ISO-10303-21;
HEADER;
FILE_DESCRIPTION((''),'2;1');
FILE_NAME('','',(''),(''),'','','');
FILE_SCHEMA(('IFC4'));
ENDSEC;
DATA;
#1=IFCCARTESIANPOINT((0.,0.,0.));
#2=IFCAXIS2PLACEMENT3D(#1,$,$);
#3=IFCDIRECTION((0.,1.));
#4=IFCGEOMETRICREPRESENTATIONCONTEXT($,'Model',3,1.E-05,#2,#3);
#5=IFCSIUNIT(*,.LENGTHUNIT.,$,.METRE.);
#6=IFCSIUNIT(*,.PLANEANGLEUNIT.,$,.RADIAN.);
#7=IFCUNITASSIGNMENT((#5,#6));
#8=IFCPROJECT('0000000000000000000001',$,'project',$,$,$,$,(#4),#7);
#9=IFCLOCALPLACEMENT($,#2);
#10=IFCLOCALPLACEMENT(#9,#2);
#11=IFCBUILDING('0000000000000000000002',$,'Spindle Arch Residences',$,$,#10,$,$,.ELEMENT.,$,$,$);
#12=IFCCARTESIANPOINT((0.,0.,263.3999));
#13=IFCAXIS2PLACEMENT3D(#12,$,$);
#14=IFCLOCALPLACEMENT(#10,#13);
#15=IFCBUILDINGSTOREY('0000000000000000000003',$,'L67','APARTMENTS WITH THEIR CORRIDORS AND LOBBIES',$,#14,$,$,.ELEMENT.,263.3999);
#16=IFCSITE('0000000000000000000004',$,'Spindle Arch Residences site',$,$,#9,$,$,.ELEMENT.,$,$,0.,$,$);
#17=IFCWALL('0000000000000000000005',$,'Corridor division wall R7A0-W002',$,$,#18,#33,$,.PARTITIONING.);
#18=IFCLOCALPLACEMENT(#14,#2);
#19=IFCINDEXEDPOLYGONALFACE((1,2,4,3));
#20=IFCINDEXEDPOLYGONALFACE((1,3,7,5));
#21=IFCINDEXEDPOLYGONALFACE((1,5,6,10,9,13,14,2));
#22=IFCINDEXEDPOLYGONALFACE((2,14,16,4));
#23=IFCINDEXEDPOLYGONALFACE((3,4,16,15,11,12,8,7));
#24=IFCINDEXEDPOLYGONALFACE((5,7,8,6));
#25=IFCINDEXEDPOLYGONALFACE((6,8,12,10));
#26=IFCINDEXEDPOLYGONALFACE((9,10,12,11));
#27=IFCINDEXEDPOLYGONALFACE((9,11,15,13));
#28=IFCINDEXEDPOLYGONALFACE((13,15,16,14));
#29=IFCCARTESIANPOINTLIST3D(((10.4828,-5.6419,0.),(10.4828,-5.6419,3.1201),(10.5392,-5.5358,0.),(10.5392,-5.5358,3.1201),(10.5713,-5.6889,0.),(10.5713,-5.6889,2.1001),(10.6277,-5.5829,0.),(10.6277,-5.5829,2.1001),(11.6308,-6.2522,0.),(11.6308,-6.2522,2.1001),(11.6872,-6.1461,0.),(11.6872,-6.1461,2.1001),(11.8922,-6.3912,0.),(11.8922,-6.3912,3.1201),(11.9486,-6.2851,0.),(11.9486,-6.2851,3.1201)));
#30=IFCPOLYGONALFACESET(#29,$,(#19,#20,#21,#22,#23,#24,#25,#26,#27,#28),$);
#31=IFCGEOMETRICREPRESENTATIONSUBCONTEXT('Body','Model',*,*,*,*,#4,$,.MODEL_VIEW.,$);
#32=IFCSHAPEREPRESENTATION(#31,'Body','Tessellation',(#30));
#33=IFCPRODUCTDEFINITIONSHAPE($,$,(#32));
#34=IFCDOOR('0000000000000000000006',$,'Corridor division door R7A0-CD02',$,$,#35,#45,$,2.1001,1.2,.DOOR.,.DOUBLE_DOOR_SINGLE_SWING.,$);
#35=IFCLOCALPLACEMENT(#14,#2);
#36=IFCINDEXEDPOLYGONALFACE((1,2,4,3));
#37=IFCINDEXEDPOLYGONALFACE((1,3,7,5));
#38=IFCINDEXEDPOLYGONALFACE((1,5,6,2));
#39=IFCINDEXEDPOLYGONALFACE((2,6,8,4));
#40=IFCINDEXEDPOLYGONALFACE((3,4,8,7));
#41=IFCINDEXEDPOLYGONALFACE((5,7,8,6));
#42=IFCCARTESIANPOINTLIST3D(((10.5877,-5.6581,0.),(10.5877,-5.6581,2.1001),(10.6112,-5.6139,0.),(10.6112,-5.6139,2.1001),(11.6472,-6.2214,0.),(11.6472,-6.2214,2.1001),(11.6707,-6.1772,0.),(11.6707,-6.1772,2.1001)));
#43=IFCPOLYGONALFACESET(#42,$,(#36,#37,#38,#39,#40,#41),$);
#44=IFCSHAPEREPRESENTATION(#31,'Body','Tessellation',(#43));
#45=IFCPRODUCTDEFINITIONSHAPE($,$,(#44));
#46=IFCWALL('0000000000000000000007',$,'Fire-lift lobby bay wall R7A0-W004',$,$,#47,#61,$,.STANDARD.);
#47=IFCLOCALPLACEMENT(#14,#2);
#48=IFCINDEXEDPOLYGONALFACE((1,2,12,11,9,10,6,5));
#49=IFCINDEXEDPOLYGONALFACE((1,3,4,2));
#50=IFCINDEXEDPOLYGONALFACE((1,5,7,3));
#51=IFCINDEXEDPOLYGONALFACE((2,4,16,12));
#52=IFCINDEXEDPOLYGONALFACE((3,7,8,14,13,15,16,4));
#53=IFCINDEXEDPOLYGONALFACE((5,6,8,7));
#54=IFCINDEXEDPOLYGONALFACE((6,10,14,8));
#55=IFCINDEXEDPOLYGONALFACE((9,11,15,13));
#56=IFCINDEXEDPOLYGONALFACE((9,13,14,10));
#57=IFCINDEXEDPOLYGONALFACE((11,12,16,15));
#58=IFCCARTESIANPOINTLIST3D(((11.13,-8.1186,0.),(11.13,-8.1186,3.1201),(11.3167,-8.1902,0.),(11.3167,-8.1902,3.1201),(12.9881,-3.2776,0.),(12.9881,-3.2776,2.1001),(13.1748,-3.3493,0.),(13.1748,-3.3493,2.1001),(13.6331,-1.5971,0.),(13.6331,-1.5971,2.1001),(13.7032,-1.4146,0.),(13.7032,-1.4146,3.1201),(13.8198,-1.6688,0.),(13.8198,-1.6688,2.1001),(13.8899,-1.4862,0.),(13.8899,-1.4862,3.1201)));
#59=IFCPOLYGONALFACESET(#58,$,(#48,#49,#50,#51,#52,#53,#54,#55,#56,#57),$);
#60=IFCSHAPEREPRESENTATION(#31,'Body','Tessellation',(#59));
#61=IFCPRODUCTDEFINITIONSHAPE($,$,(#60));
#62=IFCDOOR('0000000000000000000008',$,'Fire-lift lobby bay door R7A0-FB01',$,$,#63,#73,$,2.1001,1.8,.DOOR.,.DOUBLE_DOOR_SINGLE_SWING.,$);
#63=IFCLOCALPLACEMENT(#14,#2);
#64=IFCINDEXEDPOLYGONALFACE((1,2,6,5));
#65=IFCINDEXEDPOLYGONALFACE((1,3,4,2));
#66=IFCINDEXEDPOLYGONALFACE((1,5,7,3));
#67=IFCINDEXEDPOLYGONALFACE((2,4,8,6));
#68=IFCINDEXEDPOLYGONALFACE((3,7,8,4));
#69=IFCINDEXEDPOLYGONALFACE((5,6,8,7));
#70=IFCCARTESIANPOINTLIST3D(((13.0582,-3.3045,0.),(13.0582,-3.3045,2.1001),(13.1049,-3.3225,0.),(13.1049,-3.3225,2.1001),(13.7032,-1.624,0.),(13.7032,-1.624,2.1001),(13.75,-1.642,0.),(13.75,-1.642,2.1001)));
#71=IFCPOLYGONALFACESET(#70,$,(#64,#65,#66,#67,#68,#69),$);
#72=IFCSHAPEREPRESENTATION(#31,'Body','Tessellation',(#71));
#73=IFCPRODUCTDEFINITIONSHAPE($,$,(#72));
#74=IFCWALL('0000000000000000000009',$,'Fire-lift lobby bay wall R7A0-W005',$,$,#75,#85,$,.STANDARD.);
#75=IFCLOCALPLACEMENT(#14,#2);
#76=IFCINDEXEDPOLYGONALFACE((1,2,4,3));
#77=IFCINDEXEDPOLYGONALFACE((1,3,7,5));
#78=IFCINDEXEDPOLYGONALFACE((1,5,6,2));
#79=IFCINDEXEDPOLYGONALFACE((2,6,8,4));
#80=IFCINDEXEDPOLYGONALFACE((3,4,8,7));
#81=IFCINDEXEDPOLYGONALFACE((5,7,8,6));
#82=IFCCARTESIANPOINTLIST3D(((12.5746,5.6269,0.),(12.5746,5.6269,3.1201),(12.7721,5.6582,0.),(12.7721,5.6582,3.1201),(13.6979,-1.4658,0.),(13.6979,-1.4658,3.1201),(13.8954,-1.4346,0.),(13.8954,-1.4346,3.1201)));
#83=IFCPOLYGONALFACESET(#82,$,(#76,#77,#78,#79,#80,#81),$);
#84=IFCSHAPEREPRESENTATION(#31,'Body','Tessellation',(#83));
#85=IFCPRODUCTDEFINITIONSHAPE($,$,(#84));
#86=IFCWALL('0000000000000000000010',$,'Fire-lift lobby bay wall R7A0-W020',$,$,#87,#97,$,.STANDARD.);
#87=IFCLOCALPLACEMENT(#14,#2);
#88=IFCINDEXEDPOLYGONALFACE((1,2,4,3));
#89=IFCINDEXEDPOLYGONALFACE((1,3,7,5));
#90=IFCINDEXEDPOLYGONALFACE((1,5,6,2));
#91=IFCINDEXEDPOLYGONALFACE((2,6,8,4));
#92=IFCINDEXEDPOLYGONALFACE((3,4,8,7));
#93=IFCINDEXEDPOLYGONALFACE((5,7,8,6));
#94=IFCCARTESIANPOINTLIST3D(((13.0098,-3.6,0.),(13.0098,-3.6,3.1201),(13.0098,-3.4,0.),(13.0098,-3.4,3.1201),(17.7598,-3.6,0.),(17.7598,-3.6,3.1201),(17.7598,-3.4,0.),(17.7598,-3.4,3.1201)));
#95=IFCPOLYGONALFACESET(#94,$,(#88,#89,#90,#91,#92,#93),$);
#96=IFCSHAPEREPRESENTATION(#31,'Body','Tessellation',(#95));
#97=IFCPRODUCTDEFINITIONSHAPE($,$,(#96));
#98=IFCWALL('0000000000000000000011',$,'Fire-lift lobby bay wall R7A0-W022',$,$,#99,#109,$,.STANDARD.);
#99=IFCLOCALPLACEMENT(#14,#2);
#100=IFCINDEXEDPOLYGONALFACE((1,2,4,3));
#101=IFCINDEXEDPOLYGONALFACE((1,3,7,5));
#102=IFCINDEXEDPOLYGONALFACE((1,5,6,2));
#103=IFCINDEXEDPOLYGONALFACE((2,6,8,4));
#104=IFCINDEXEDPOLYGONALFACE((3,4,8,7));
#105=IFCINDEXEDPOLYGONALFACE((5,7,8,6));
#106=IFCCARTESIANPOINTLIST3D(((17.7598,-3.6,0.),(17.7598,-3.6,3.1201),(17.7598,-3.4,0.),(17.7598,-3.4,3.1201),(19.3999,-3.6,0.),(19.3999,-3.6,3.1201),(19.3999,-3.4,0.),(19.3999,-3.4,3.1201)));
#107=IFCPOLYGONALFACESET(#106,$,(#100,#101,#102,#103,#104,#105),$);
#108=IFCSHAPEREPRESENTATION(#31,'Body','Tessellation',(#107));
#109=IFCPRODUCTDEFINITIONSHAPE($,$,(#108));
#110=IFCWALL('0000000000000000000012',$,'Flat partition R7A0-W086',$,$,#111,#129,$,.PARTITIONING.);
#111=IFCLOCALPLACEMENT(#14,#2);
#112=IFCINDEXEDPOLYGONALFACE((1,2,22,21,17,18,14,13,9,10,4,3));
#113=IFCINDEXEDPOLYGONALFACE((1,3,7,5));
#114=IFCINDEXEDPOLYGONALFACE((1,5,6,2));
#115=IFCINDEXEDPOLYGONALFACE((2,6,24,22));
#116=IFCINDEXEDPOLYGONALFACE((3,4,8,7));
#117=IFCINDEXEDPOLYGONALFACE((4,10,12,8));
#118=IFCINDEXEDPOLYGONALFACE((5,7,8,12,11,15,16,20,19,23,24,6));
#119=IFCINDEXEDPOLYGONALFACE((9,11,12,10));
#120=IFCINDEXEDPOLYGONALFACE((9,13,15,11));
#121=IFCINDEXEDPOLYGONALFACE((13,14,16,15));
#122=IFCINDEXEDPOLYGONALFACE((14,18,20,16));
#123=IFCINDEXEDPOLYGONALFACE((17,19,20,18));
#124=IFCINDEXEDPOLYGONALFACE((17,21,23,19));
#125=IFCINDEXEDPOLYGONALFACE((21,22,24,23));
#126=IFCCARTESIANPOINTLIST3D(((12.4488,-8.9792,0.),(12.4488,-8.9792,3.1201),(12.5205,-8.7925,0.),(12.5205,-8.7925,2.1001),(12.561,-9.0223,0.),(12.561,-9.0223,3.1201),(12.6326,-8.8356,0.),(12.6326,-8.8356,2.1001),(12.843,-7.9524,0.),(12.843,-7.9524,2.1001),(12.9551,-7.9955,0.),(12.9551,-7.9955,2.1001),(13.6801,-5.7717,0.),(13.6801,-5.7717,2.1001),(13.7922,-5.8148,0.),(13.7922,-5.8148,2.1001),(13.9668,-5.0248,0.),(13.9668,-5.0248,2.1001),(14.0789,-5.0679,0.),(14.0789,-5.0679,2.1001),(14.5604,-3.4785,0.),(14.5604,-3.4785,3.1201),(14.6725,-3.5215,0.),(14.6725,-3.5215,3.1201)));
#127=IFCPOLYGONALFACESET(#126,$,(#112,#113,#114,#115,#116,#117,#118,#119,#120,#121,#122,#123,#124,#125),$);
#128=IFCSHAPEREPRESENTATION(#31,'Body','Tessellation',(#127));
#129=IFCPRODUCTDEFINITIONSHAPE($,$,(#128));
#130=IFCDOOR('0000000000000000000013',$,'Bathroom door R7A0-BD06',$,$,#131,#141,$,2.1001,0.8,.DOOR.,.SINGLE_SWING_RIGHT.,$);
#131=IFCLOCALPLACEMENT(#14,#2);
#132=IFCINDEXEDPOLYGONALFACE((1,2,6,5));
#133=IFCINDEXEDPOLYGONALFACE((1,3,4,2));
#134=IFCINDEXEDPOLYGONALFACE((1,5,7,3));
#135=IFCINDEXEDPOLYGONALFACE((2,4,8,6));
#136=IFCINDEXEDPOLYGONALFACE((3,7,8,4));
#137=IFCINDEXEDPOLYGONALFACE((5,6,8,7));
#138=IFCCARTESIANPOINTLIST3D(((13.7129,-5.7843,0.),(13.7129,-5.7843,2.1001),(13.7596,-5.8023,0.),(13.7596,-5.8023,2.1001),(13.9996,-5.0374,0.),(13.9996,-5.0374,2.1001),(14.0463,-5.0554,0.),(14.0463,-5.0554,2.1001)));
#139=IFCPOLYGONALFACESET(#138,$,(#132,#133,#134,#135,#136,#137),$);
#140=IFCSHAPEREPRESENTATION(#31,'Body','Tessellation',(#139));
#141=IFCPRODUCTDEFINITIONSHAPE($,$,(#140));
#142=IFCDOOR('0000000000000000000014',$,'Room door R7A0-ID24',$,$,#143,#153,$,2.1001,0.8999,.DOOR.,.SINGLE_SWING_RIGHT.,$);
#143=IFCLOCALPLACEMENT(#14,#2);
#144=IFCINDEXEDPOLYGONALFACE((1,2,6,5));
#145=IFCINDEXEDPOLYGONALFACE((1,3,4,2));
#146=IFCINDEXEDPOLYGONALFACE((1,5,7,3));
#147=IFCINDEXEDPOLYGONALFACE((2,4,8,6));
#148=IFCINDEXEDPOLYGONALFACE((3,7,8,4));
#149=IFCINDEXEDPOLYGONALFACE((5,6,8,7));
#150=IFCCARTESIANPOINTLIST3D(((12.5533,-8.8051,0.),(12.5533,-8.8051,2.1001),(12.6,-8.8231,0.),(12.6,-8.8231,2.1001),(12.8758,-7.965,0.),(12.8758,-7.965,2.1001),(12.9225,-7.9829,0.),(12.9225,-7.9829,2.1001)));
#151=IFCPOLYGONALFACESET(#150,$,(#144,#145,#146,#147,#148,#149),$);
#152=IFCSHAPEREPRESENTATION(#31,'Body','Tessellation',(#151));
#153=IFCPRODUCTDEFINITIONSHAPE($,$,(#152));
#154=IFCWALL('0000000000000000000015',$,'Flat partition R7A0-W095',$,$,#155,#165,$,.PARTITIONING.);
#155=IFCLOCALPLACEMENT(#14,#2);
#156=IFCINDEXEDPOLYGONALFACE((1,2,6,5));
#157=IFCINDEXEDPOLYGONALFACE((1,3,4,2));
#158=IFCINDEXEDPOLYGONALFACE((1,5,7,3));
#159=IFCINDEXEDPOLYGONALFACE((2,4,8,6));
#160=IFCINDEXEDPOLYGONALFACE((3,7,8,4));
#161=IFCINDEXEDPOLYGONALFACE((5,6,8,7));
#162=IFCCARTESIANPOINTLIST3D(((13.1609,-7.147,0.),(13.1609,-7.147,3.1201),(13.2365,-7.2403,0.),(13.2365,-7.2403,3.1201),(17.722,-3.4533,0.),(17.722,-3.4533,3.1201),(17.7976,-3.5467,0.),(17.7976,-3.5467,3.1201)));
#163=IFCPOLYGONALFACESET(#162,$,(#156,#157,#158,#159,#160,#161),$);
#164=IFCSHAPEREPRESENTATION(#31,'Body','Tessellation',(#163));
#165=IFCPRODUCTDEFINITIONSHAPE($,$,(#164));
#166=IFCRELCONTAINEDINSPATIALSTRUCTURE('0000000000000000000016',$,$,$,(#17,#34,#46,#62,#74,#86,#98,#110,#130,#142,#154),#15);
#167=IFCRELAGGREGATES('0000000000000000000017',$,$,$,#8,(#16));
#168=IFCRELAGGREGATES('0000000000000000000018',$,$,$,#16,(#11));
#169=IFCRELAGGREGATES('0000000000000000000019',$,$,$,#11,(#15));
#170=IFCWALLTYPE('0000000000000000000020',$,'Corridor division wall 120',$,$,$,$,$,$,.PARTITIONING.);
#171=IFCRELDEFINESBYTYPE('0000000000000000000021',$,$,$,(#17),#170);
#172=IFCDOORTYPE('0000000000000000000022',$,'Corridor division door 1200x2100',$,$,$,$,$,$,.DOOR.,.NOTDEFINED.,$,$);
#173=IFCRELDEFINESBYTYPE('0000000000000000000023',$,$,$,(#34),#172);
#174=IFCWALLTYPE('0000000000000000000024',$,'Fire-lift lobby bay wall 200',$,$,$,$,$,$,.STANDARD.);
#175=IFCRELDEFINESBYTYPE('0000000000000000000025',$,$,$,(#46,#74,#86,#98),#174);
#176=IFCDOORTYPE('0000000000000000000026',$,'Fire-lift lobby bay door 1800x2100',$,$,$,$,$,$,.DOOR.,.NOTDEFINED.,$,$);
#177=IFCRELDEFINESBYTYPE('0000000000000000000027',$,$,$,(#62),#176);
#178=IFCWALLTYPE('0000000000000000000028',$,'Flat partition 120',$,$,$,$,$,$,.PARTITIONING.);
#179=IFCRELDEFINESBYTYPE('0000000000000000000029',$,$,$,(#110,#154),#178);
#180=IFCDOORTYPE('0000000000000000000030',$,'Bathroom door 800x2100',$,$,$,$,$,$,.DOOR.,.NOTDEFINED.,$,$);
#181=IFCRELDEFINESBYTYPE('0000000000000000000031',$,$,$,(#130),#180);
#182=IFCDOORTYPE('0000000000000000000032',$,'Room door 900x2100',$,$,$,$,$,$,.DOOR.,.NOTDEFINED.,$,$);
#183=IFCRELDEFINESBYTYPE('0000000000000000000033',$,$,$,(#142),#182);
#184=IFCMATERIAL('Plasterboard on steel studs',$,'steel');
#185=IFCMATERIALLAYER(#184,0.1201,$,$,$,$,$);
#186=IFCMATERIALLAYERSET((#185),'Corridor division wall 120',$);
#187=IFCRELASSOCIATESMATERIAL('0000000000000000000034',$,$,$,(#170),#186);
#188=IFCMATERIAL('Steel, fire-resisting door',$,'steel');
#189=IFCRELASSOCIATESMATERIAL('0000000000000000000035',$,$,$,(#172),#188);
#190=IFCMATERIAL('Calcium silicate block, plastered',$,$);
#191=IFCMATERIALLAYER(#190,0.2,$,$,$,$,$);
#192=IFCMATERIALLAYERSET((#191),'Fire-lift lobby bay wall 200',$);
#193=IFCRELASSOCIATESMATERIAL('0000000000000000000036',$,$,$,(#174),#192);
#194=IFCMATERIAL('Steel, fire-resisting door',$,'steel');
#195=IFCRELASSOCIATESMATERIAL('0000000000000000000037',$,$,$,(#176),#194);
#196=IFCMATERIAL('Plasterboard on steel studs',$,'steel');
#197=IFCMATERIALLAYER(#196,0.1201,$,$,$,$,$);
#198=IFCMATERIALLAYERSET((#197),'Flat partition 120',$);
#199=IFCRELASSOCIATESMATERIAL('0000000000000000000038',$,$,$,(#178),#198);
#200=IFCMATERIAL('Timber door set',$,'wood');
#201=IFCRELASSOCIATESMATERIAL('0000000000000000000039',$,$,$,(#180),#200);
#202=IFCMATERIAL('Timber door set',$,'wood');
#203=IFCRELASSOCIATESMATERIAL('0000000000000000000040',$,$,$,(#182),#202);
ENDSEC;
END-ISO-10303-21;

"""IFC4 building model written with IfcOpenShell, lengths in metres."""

from ifc_helpers import new_model, si_unit, direction, frame, frame_2d, origin, place, context, subcontext, project, spatial, rectangle, extrude, material, layer, layer_set, type_object, element, fill, save


model = new_model("IFC4")

# Units and contexts
model_context = context("Model", 3, precision=1e-05, world=origin(), true_north=direction((0.0, 1.0)))
body_context = subcontext(model_context, "Body", "Model", "MODEL_VIEW")
ifc_project = project(units=[si_unit("LENGTHUNIT", "METRE"), si_unit("PLANEANGLEUNIT", "RADIAN")], contexts=[model_context])

# Site, building, storey
site_placement = place(None, origin())
site = spatial("IfcSite", under=ifc_project, at=site_placement, Name="Spindle Arch Residences site", CompositionType="ELEMENT", RefElevation=0.0)
building_placement = place(site_placement, origin())
building = spatial("IfcBuilding", under=site, at=building_placement, Name="Spindle Arch Residences", CompositionType="ELEMENT")
storey_placement = place(building_placement, frame((0.0, 0.0, 263.3999)))
storey = spatial("IfcBuildingStorey", under=building, at=storey_placement, Name="L67", Description="APARTMENTS WITH THEIR CORRIDORS AND LOBBIES", CompositionType="ELEMENT", Elevation=263.3999)

# Walls, openings, doors
ifc_material_1 = material(Name="Plasterboard on steel studs", Category="steel")
ifc_layer_1 = layer(ifc_material_1, 0.1201)
ifc_layer_set_1 = layer_set([ifc_layer_1], Name="Corridor division wall 120")
wall_type_1 = type_object("IfcWallType", Name="Corridor division wall 120", PredefinedType="PARTITIONING", material=ifc_layer_set_1)
wall_1_placement = place(storey_placement, frame((10.511, -5.5889, 0.0), z_axis=(0.0, 0.0, 1.0), x_axis=(0.882983, -0.469405, 0.0)))
wall_1 = element("IfcWall", 1, at=wall_1_placement, inside=storey, type_object=wall_type_1, Name="Corridor division wall R7A0-W002", PredefinedType="PARTITIONING", context=body_context, shape_type="SweptSolid", body=[
    extrude(rectangle(XDim=1.5962, YDim=0.1201, at=frame_2d((0.7981, 0.0))), origin(), (0.0, 0.0, 1.0), 3.1201),
])
opening_1_placement = place(wall_1_placement, frame((0.1001, 0.0, 0.0)))
opening_1 = element("IfcOpeningElement", 2, at=opening_1_placement, cuts=wall_1, PredefinedType="OPENING", context=body_context, shape_type="SweptSolid", body=[
    extrude(rectangle(XDim=1.2, YDim=2.1001, at=frame_2d((0.6001, 1.05))), frame((0.0, 0.0701, 0.0), z_axis=(0.0, -1.0, 0.0), x_axis=(1.0, 0.0, 0.0)), (0.0, 0.0, 1.0), 0.1401),
])
ifc_material_2 = material(Name="Steel, fire-resisting door", Category="steel")
door_type_1 = type_object("IfcDoorType", Name="Corridor division door 1200x2100", OperationType="NOTDEFINED", PredefinedType="DOOR", material=ifc_material_2)
door_1_placement = place(opening_1_placement, origin())
door_1 = element("IfcDoor", 3, at=door_1_placement, inside=storey, type_object=door_type_1, Name="Corridor division door R7A0-CD02", OperationType="DOUBLE_DOOR_SINGLE_SWING", OverallHeight=2.1001, OverallWidth=1.2, PredefinedType="DOOR", context=body_context, shape_type="SweptSolid", body=[
    extrude(rectangle(XDim=1.2, YDim=2.1001, at=frame_2d((0.6001, 1.05))), frame((0.0, 0.0249, 0.0), z_axis=(0.0, -1.0, 0.0), x_axis=(1.0, 0.0, 0.0)), (0.0, 0.0, 1.0), 0.05),
])
fill(opening_1, door_1)
ifc_material_3 = material(Name="Calcium silicate block, plastered")
ifc_layer_2 = layer(ifc_material_3, 0.2)
ifc_layer_set_2 = layer_set([ifc_layer_2], Name="Fire-lift lobby bay wall 200")
wall_type_2 = type_object("IfcWallType", Name="Fire-lift lobby bay wall 200", PredefinedType="STANDARD", material=ifc_layer_set_2)
wall_2_placement = place(storey_placement, frame((11.2234, -8.1543, 0.0), z_axis=(0.0, 0.0, 1.0), x_axis=(0.358341, 0.933591, 0.0)))
wall_2 = element("IfcWall", 4, at=wall_2_placement, inside=storey, type_object=wall_type_2, Name="Fire-lift lobby bay wall R7A0-W004", PredefinedType="STANDARD", context=body_context, shape_type="SweptSolid", body=[
    extrude(rectangle(XDim=7.1809, YDim=0.2, at=frame_2d((3.5903, 0.0))), origin(), (0.0, 0.0, 1.0), 3.1201),
])
opening_2_placement = place(wall_2_placement, frame((5.1853, 0.0, 0.0)))
opening_2 = element("IfcOpeningElement", 5, at=opening_2_placement, cuts=wall_2, PredefinedType="OPENING", context=body_context, shape_type="SweptSolid", body=[
    extrude(rectangle(XDim=1.8, YDim=2.1001, at=frame_2d((0.8999, 1.05))), frame((0.0, 0.1099, 0.0), z_axis=(0.0, -1.0, 0.0), x_axis=(1.0, 0.0, 0.0)), (0.0, 0.0, 1.0), 0.22),
])
ifc_material_4 = material(Name="Steel, fire-resisting door", Category="steel")
door_type_2 = type_object("IfcDoorType", Name="Fire-lift lobby bay door 1800x2100", OperationType="NOTDEFINED", PredefinedType="DOOR", material=ifc_material_4)
door_2_placement = place(opening_2_placement, origin())
door_2 = element("IfcDoor", 6, at=door_2_placement, inside=storey, type_object=door_type_2, Name="Fire-lift lobby bay door R7A0-FB01", OperationType="DOUBLE_DOOR_SINGLE_SWING", OverallHeight=2.1001, OverallWidth=1.8, PredefinedType="DOOR", context=body_context, shape_type="SweptSolid", body=[
    extrude(rectangle(XDim=1.8, YDim=2.1001, at=frame_2d((0.8999, 1.05))), frame((0.0, 0.0249, 0.0), z_axis=(0.0, -1.0, 0.0), x_axis=(1.0, 0.0, 0.0)), (0.0, 0.0, 1.0), 0.05),
])
fill(opening_2, door_2)

# Walls
wall_3_placement = place(storey_placement, frame((13.7966, -1.4502, 0.0), z_axis=(0.0, 0.0, 1.0), x_axis=(-0.156422, 0.98769, 0.0)))
element("IfcWall", 7, at=wall_3_placement, inside=storey, type_object=wall_type_2, Name="Fire-lift lobby bay wall R7A0-W005", PredefinedType="STANDARD", context=body_context, shape_type="SweptSolid", body=[
    extrude(rectangle(XDim=7.1812, YDim=0.2, at=frame_2d((3.5906, 0.0))), origin(), (0.0, 0.0, 1.0), 3.1201),
])
wall_4_placement = place(storey_placement, frame((13.0098, -3.5, 0.0), z_axis=(0.0, 0.0, 1.0), x_axis=(1.0, 0.0, 0.0)))
element("IfcWall", 8, at=wall_4_placement, inside=storey, type_object=wall_type_2, Name="Fire-lift lobby bay wall R7A0-W020", PredefinedType="STANDARD", context=body_context, shape_type="SweptSolid", body=[
    extrude(rectangle(XDim=4.75, YDim=0.2, at=frame_2d((2.375, 0.0))), origin(), (0.0, 0.0, 1.0), 3.1201),
])
wall_5_placement = place(storey_placement, frame((17.7598, -3.5, 0.0), z_axis=(0.0, 0.0, 1.0), x_axis=(1.0, 0.0, 0.0)))
element("IfcWall", 9, at=wall_5_placement, inside=storey, type_object=wall_type_2, Name="Fire-lift lobby bay wall R7A0-W022", PredefinedType="STANDARD", context=body_context, shape_type="SweptSolid", body=[
    extrude(rectangle(XDim=1.6401, YDim=0.2, at=frame_2d((0.8201, 0.0))), origin(), (0.0, 0.0, 1.0), 3.1201),
])

# Wall, openings, doors
ifc_material_5 = material(Name="Plasterboard on steel studs", Category="steel")
ifc_layer_3 = layer(ifc_material_5, 0.1201)
ifc_layer_set_3 = layer_set([ifc_layer_3], Name="Flat partition 120")
wall_type_3 = type_object("IfcWallType", Name="Flat partition 120", PredefinedType="PARTITIONING", material=ifc_layer_set_3)
wall_6_placement = place(storey_placement, frame((12.5049, -9.0007, 0.0), z_axis=(0.0, 0.0, 1.0), x_axis=(0.358374, 0.933578, 0.0)))
wall_6 = element("IfcWall", 10, at=wall_6_placement, inside=storey, type_object=wall_type_3, Name="Flat partition R7A0-W086", PredefinedType="PARTITIONING", context=body_context, shape_type="SweptSolid", body=[
    extrude(rectangle(XDim=5.8921, YDim=0.1201, at=frame_2d((2.946, 0.0))), origin(), (0.0, 0.0, 1.0), 3.1201),
])
opening_3_placement = place(wall_6_placement, frame((0.2, 0.0, 0.0)))
opening_3 = element("IfcOpeningElement", 11, at=opening_3_placement, cuts=wall_6, PredefinedType="OPENING", context=body_context, shape_type="SweptSolid", body=[
    extrude(rectangle(XDim=0.8999, YDim=2.1001, at=frame_2d((0.45, 1.05))), frame((0.0, 0.0701, 0.0), z_axis=(0.0, -1.0, 0.0), x_axis=(1.0, 0.0, 0.0)), (0.0, 0.0, 1.0), 0.1401),
])
opening_4_placement = place(wall_6_placement, frame((3.4358, 0.0, 0.0)))
opening_4 = element("IfcOpeningElement", 12, at=opening_4_placement, cuts=wall_6, PredefinedType="OPENING", context=body_context, shape_type="SweptSolid", body=[
    extrude(rectangle(XDim=0.8, YDim=2.1001, at=frame_2d((0.3999, 1.05))), frame((0.0, 0.0701, 0.0), z_axis=(0.0, -1.0, 0.0), x_axis=(1.0, 0.0, 0.0)), (0.0, 0.0, 1.0), 0.1401),
])
ifc_material_6 = material(Name="Timber door set", Category="wood")
door_type_3 = type_object("IfcDoorType", Name="Bathroom door 800x2100", OperationType="NOTDEFINED", PredefinedType="DOOR", material=ifc_material_6)
door_3_placement = place(opening_4_placement, origin())
door_3 = element("IfcDoor", 13, at=door_3_placement, inside=storey, type_object=door_type_3, Name="Bathroom door R7A0-BD06", OperationType="SINGLE_SWING_RIGHT", OverallHeight=2.1001, OverallWidth=0.8, PredefinedType="DOOR", context=body_context, shape_type="SweptSolid", body=[
    extrude(rectangle(XDim=0.8, YDim=2.1001, at=frame_2d((0.3999, 1.05))), frame((0.0, 0.0249, 0.0), z_axis=(0.0, -1.0, 0.0), x_axis=(1.0, 0.0, 0.0)), (0.0, 0.0, 1.0), 0.05),
])
fill(opening_4, door_3)
ifc_material_7 = material(Name="Timber door set", Category="wood")
door_type_4 = type_object("IfcDoorType", Name="Room door 900x2100", OperationType="NOTDEFINED", PredefinedType="DOOR", material=ifc_material_7)
door_4_placement = place(opening_3_placement, origin())
door_4 = element("IfcDoor", 14, at=door_4_placement, inside=storey, type_object=door_type_4, Name="Room door R7A0-ID24", OperationType="SINGLE_SWING_RIGHT", OverallHeight=2.1001, OverallWidth=0.8999, PredefinedType="DOOR", context=body_context, shape_type="SweptSolid", body=[
    extrude(rectangle(XDim=0.8999, YDim=2.1001, at=frame_2d((0.45, 1.05))), frame((0.0, 0.0249, 0.0), z_axis=(0.0, -1.0, 0.0), x_axis=(1.0, 0.0, 0.0)), (0.0, 0.0, 1.0), 0.05),
])
fill(opening_3, door_4)

# Wall
wall_7_placement = place(storey_placement, frame((17.7598, -3.5, 0.0), z_axis=(0.0, 0.0, 1.0), x_axis=(-0.777133, -0.629336, 0.0)))
element("IfcWall", 15, at=wall_7_placement, inside=storey, type_object=wall_type_3, Name="Flat partition R7A0-W095", PredefinedType="PARTITIONING", context=body_context, shape_type="SweptSolid", body=[
    extrude(rectangle(XDim=5.8691, YDim=0.1201, at=frame_2d((2.9346, 0.0))), origin(), (0.0, 0.0, 1.0), 3.1201),
])

save(model, "model.ifc")
